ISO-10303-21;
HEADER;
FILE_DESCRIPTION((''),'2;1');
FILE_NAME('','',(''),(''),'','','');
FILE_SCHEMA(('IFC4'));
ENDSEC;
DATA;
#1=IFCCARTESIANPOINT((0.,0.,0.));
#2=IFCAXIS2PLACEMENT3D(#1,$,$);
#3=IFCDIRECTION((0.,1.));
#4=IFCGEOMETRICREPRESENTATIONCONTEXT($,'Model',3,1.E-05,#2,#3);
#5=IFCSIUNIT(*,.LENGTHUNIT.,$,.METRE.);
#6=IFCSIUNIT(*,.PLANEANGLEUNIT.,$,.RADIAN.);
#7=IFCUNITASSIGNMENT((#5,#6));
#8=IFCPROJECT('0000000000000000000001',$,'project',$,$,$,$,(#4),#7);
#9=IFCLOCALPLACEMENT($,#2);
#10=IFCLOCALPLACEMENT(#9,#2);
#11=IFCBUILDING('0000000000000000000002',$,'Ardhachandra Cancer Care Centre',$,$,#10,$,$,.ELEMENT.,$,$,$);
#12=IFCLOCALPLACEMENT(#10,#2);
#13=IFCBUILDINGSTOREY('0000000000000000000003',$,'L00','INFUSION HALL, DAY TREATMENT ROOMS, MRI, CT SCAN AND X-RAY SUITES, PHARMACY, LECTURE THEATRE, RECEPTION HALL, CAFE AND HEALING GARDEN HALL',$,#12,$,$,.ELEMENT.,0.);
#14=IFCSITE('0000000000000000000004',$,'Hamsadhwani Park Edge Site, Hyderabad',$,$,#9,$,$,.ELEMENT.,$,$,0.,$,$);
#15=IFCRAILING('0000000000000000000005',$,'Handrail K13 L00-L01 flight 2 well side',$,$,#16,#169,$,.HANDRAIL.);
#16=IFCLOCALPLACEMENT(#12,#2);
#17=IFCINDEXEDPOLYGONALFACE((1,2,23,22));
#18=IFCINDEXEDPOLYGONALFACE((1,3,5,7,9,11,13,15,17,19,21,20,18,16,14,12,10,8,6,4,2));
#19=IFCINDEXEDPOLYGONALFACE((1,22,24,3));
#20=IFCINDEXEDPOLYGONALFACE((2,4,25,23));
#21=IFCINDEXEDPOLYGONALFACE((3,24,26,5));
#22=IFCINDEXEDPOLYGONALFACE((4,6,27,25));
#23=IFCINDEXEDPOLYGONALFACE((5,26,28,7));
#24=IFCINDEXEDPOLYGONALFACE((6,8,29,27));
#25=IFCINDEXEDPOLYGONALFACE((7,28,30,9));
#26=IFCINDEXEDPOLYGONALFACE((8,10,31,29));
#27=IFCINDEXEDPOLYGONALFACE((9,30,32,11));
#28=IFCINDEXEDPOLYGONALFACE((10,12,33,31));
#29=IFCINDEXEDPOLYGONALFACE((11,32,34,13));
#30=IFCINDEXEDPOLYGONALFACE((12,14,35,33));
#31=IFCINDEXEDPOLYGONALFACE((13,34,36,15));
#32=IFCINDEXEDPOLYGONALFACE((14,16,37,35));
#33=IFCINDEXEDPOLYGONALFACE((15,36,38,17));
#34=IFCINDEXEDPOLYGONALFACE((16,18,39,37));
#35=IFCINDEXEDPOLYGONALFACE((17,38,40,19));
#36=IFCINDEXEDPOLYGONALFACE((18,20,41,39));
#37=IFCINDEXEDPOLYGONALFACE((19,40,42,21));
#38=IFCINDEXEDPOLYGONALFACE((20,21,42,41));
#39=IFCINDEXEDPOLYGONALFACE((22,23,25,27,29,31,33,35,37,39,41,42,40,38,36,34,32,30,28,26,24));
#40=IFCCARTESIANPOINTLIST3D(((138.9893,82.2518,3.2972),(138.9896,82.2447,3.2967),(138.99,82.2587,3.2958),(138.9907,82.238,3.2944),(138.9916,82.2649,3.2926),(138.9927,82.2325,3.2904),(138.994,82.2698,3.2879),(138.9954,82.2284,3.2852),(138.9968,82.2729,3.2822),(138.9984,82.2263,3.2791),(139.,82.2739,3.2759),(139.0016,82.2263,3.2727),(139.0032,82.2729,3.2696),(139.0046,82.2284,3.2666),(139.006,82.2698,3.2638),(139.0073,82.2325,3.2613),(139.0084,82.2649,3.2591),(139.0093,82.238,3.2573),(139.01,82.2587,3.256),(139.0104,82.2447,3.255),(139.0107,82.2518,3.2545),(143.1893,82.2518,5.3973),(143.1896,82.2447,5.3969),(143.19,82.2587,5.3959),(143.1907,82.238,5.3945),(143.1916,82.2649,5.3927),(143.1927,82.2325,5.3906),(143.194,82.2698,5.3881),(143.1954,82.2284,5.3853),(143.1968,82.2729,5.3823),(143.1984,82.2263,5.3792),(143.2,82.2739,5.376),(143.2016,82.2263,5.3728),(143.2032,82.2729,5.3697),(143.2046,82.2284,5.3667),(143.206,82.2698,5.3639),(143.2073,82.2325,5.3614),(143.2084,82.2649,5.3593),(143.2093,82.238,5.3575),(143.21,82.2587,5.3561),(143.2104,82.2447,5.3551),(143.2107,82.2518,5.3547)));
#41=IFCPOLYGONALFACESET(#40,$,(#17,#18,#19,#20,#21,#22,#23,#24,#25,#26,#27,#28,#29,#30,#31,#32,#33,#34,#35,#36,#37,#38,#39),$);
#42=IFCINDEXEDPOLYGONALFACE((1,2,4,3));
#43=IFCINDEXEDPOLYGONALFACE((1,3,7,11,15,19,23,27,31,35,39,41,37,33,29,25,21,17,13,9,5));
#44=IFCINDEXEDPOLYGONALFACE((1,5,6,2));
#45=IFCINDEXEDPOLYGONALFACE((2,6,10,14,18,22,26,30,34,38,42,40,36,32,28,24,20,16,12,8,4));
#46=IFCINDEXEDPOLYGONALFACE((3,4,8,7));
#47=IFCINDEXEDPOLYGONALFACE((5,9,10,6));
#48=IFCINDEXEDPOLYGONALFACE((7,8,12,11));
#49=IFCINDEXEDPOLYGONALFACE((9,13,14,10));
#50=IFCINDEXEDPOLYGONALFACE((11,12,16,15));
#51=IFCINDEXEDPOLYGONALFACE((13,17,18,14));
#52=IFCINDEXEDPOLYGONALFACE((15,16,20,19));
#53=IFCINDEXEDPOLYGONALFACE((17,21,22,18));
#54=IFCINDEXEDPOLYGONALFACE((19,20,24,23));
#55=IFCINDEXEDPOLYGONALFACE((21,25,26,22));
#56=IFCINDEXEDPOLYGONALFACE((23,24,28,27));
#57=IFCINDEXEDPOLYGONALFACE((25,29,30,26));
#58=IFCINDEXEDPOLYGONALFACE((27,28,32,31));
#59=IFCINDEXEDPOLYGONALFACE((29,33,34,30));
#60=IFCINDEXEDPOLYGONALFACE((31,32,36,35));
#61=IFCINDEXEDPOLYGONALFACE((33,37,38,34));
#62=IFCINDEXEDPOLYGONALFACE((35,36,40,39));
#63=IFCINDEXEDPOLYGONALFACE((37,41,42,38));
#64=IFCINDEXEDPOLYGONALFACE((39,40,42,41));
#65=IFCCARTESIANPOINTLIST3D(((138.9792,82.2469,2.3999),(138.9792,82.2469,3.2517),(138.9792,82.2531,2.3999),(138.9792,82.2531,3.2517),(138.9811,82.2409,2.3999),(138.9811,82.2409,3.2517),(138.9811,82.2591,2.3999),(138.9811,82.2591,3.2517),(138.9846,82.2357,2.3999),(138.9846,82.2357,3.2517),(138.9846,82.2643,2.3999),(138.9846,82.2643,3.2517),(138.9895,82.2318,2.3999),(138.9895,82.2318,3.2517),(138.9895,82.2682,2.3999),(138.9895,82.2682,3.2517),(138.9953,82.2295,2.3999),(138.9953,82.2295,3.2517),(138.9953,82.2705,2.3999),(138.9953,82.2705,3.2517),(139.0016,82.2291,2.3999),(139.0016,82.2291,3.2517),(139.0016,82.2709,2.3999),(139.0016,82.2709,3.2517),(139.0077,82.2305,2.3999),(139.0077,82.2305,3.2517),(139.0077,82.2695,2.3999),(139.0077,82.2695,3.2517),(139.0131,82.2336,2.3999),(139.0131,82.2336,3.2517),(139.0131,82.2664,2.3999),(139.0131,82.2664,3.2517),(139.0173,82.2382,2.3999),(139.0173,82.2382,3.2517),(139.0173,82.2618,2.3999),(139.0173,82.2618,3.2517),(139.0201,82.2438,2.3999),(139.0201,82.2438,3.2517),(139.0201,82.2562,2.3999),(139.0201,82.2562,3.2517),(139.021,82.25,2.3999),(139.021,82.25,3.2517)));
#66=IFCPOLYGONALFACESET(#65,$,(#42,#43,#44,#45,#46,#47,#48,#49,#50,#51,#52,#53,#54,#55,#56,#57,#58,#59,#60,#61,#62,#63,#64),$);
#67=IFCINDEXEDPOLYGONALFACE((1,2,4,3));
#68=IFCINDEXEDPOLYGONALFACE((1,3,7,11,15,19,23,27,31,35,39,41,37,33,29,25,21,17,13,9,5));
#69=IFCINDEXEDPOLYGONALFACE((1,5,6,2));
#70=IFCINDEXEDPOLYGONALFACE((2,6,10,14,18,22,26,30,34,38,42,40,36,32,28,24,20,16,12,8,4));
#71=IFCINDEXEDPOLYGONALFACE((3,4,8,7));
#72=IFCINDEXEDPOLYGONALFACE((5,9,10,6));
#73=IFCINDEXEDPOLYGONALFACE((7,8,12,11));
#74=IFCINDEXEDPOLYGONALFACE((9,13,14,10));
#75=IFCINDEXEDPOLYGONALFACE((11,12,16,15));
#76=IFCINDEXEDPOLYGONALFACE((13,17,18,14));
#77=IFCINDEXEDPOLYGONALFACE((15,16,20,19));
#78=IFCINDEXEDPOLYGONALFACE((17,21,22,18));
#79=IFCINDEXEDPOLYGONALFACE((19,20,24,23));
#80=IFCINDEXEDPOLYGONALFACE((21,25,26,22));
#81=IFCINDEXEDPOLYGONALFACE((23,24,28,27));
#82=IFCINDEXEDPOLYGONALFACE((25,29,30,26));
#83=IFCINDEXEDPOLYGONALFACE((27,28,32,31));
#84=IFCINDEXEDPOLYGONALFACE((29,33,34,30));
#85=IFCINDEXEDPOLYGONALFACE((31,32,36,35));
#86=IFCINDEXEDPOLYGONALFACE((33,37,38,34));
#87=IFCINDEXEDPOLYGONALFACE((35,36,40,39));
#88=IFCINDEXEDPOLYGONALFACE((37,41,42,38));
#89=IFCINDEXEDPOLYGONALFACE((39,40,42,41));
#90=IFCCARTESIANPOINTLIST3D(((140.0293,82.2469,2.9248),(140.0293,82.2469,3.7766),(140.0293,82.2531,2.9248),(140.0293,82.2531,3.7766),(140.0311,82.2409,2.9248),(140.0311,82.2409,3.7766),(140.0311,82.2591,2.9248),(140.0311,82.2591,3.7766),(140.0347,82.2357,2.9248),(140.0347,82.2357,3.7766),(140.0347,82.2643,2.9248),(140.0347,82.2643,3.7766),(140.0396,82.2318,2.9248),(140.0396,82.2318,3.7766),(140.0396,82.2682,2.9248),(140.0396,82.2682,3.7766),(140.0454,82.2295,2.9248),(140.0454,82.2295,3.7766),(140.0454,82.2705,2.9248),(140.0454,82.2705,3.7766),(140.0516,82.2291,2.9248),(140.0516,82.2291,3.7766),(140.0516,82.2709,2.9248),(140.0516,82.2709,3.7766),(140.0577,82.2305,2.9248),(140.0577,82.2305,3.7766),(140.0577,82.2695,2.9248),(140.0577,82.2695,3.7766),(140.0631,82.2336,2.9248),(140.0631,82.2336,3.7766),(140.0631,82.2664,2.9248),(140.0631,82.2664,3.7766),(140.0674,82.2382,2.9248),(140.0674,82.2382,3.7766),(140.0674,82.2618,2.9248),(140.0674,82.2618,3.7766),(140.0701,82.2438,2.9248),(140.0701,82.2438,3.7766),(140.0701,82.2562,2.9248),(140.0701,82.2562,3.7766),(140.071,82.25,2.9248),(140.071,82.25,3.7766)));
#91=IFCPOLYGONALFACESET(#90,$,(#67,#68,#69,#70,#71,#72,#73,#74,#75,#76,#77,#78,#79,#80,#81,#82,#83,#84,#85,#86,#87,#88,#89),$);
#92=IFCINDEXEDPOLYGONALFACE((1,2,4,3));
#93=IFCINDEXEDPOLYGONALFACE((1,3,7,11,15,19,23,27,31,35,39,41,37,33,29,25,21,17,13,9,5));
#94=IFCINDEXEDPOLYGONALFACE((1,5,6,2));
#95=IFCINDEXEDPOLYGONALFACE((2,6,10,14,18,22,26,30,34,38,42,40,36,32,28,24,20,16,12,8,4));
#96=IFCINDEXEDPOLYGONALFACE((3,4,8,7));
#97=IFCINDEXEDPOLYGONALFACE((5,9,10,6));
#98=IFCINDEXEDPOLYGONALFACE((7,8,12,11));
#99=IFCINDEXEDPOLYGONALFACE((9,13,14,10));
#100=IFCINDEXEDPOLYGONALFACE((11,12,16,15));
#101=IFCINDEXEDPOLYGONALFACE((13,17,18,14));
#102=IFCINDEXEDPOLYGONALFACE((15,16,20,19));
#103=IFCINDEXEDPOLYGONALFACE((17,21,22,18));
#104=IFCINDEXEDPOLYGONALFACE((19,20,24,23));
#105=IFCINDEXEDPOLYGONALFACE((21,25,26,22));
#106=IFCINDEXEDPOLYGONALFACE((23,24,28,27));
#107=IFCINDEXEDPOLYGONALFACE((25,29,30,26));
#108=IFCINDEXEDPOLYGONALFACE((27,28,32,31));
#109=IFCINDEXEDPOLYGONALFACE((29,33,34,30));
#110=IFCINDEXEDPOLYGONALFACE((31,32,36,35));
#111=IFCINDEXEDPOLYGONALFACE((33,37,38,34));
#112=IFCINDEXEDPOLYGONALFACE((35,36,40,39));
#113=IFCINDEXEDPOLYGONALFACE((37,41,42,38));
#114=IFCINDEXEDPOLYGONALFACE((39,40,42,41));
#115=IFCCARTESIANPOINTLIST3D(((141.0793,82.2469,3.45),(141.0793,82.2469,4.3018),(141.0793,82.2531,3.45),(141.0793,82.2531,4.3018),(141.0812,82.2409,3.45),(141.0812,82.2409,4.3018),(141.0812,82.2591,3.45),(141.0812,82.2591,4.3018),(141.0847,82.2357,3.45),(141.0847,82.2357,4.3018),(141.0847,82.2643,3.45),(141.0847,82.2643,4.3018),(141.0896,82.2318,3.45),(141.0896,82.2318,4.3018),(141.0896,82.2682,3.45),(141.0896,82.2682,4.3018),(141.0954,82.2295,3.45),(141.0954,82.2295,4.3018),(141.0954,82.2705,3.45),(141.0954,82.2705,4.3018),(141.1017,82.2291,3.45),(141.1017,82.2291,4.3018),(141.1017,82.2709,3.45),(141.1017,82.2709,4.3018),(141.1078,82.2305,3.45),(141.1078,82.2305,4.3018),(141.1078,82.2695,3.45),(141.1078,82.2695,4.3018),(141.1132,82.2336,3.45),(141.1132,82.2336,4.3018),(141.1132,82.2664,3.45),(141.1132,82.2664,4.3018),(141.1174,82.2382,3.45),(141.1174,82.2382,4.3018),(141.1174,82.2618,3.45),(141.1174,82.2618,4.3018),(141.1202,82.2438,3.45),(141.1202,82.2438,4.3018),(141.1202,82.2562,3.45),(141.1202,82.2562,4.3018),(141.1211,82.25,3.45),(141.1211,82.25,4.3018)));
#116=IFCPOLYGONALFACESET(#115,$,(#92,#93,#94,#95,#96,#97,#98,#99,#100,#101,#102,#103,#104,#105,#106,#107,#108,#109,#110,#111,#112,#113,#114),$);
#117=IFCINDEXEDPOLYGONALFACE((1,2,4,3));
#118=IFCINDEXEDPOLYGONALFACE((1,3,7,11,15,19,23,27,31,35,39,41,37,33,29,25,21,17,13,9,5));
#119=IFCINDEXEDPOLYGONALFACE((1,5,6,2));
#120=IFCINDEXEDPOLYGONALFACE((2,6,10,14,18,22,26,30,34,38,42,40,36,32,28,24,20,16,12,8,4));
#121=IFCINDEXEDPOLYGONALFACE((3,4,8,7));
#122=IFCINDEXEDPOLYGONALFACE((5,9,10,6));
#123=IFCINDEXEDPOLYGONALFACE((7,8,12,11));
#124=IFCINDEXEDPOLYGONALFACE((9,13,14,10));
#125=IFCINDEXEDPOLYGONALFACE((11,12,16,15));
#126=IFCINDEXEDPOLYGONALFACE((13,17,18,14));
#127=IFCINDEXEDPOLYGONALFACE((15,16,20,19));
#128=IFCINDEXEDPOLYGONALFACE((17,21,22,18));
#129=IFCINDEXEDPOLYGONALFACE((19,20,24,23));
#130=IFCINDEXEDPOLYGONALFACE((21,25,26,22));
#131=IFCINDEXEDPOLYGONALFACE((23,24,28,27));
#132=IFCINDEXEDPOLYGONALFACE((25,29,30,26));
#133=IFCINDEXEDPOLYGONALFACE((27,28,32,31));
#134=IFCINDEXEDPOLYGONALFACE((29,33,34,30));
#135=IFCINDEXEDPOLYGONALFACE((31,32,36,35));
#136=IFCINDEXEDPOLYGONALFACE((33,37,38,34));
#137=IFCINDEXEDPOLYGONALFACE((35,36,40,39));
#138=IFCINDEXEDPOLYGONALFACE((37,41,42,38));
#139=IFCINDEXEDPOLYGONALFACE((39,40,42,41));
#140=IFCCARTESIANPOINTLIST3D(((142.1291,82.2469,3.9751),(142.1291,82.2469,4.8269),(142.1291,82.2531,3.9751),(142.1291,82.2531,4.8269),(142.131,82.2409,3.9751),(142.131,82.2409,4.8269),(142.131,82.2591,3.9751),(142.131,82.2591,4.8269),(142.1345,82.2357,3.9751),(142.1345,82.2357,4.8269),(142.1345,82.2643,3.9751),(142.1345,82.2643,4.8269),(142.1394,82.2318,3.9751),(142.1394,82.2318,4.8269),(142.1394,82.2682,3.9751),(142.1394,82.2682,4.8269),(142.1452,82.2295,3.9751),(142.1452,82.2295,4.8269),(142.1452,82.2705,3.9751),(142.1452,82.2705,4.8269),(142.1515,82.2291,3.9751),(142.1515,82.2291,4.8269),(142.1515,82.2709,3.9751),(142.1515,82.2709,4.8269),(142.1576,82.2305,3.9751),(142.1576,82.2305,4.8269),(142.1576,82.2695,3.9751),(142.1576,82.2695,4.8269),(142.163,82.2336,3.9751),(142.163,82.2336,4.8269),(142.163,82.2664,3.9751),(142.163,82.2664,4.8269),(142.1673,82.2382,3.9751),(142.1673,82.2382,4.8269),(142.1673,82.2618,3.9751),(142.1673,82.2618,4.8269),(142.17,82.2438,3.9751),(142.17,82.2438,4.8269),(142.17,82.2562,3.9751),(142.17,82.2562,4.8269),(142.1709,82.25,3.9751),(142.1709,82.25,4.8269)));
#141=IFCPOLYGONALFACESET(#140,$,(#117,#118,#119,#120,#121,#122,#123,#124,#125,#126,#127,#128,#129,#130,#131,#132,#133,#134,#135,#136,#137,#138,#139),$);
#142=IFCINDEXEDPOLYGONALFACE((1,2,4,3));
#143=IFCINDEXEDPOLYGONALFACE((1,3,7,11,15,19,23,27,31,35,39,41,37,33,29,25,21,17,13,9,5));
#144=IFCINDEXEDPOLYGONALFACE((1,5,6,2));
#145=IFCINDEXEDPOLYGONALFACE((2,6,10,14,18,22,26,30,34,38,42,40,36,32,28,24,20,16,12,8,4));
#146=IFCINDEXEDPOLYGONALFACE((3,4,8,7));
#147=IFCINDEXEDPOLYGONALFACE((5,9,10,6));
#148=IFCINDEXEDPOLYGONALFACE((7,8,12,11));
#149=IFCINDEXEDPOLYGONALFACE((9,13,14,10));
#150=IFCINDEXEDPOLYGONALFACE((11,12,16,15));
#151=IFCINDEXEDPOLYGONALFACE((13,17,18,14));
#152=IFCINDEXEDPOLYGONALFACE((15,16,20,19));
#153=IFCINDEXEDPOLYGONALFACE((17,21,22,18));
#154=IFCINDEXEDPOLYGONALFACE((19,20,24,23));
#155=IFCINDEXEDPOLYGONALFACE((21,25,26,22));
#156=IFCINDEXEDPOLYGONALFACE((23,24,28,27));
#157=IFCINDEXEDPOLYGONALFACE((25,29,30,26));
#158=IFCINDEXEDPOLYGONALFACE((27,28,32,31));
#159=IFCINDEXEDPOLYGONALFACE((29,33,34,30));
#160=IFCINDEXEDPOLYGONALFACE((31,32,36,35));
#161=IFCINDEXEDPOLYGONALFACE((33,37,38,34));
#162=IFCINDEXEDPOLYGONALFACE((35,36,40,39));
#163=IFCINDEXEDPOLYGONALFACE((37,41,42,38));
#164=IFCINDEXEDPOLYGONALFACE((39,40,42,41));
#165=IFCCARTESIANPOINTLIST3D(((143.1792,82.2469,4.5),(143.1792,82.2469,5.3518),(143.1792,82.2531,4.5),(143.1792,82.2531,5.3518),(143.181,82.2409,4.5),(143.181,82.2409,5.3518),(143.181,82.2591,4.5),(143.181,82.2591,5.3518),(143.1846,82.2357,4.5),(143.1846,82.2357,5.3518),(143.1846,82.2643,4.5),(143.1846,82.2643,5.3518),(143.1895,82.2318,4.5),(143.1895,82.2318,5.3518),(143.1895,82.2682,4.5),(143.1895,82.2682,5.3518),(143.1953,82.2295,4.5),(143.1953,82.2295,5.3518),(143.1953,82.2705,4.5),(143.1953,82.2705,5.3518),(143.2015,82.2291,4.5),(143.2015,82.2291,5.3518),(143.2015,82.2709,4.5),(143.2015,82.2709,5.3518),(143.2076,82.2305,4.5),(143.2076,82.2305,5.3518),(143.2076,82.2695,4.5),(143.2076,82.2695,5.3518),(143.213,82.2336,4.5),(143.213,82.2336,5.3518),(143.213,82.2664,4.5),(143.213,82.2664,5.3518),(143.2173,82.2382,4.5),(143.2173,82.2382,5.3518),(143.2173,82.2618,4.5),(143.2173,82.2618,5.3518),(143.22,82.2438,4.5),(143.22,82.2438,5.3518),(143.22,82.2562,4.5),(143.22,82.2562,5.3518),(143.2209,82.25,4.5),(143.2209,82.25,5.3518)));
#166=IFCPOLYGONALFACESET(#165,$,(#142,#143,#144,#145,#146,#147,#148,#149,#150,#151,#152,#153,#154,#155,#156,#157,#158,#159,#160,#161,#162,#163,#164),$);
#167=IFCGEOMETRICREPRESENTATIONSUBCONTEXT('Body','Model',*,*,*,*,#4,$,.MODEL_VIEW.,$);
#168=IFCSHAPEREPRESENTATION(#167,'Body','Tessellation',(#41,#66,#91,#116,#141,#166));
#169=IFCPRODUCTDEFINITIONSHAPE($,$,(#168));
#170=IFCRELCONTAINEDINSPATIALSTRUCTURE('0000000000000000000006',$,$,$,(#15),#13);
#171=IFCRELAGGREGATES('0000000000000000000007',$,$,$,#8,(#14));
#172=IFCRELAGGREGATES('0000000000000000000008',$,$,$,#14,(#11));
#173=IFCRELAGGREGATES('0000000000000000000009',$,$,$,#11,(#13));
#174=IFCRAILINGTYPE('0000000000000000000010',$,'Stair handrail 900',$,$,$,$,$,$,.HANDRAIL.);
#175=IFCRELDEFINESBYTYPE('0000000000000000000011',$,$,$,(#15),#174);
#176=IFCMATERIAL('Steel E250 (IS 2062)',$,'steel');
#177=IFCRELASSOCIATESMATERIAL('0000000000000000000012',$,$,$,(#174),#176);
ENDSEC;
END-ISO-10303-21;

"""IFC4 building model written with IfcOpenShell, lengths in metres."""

from ifc_helpers import new_model, si_unit, direction, frame, origin, origin_2d, place, context, subcontext, project, spatial, circle, extrude, material, type_object, element, save


model = new_model("IFC4")

# Units and contexts
model_context = context("Model", 3, precision=1e-05, world=origin(), true_north=direction((0.0, 1.0)))
body_context = subcontext(model_context, "Body", "Model", "MODEL_VIEW")
ifc_project = project(units=[si_unit("LENGTHUNIT", "METRE"), si_unit("PLANEANGLEUNIT", "RADIAN")], contexts=[model_context])

# Site, building, storey
site_placement = place(None, origin())
site = spatial("IfcSite", under=ifc_project, at=site_placement, Name="Hamsadhwani Park Edge Site, Hyderabad", CompositionType="ELEMENT", RefElevation=0.0)
building_placement = place(site_placement, origin())
building = spatial("IfcBuilding", under=site, at=building_placement, Name="Ardhachandra Cancer Care Centre", CompositionType="ELEMENT")
storey_placement = place(building_placement, origin())
storey = spatial("IfcBuildingStorey", under=building, at=storey_placement, Name="L00", Description="INFUSION HALL, DAY TREATMENT ROOMS, MRI, CT SCAN AND X-RAY SUITES, PHARMACY, LECTURE THEATRE, RECEPTION HALL, CAFE AND HEALING GARDEN HALL", CompositionType="ELEMENT", Elevation=0.0)

# Railing
ifc_material_1 = material(Name="Steel E250 (IS 2062)", Category="steel")
railing_type = type_object("IfcRailingType", Name="Stair handrail 900", PredefinedType="HANDRAIL", material=ifc_material_1)
for number, where, name in (
    (1, (139.0, 82.25, 2.3999), "Handrail K13 L00-L01 flight 2 well side"),
):
    element("IfcRailing", number, at=place(storey_placement, frame(where)), inside=storey, type_object=railing_type, Name=name, PredefinedType="HANDRAIL", context=body_context, shape_type="SweptSolid", body=[
        extrude(circle(Radius=0.0239, at=origin_2d()), frame((0.0, 0.0, 0.876), z_axis=(0.894417, 0.0, 0.447234), x_axis=(0.0, 1.0, 0.0)), (0.0, 0.0, 1.0), 4.6958),
        extrude(circle(Radius=0.021, at=origin_2d()), origin(), (0.0, 0.0, 1.0), 0.8518),
        extrude(circle(Radius=0.021, at=origin_2d()), frame((1.05, 0.0, 0.5249)), (0.0, 0.0, 1.0), 0.8518),
        extrude(circle(Radius=0.021, at=origin_2d()), frame((2.1001, 0.0, 1.05)), (0.0, 0.0, 1.0), 0.8518),
        extrude(circle(Radius=0.021, at=origin_2d()), frame((3.1499, 0.0, 1.5752)), (0.0, 0.0, 1.0), 0.8518),
        extrude(circle(Radius=0.021, at=origin_2d()), frame((4.2, 0.0, 2.1001)), (0.0, 0.0, 1.0), 0.8518),
    ])

save(model, "model.ifc")
